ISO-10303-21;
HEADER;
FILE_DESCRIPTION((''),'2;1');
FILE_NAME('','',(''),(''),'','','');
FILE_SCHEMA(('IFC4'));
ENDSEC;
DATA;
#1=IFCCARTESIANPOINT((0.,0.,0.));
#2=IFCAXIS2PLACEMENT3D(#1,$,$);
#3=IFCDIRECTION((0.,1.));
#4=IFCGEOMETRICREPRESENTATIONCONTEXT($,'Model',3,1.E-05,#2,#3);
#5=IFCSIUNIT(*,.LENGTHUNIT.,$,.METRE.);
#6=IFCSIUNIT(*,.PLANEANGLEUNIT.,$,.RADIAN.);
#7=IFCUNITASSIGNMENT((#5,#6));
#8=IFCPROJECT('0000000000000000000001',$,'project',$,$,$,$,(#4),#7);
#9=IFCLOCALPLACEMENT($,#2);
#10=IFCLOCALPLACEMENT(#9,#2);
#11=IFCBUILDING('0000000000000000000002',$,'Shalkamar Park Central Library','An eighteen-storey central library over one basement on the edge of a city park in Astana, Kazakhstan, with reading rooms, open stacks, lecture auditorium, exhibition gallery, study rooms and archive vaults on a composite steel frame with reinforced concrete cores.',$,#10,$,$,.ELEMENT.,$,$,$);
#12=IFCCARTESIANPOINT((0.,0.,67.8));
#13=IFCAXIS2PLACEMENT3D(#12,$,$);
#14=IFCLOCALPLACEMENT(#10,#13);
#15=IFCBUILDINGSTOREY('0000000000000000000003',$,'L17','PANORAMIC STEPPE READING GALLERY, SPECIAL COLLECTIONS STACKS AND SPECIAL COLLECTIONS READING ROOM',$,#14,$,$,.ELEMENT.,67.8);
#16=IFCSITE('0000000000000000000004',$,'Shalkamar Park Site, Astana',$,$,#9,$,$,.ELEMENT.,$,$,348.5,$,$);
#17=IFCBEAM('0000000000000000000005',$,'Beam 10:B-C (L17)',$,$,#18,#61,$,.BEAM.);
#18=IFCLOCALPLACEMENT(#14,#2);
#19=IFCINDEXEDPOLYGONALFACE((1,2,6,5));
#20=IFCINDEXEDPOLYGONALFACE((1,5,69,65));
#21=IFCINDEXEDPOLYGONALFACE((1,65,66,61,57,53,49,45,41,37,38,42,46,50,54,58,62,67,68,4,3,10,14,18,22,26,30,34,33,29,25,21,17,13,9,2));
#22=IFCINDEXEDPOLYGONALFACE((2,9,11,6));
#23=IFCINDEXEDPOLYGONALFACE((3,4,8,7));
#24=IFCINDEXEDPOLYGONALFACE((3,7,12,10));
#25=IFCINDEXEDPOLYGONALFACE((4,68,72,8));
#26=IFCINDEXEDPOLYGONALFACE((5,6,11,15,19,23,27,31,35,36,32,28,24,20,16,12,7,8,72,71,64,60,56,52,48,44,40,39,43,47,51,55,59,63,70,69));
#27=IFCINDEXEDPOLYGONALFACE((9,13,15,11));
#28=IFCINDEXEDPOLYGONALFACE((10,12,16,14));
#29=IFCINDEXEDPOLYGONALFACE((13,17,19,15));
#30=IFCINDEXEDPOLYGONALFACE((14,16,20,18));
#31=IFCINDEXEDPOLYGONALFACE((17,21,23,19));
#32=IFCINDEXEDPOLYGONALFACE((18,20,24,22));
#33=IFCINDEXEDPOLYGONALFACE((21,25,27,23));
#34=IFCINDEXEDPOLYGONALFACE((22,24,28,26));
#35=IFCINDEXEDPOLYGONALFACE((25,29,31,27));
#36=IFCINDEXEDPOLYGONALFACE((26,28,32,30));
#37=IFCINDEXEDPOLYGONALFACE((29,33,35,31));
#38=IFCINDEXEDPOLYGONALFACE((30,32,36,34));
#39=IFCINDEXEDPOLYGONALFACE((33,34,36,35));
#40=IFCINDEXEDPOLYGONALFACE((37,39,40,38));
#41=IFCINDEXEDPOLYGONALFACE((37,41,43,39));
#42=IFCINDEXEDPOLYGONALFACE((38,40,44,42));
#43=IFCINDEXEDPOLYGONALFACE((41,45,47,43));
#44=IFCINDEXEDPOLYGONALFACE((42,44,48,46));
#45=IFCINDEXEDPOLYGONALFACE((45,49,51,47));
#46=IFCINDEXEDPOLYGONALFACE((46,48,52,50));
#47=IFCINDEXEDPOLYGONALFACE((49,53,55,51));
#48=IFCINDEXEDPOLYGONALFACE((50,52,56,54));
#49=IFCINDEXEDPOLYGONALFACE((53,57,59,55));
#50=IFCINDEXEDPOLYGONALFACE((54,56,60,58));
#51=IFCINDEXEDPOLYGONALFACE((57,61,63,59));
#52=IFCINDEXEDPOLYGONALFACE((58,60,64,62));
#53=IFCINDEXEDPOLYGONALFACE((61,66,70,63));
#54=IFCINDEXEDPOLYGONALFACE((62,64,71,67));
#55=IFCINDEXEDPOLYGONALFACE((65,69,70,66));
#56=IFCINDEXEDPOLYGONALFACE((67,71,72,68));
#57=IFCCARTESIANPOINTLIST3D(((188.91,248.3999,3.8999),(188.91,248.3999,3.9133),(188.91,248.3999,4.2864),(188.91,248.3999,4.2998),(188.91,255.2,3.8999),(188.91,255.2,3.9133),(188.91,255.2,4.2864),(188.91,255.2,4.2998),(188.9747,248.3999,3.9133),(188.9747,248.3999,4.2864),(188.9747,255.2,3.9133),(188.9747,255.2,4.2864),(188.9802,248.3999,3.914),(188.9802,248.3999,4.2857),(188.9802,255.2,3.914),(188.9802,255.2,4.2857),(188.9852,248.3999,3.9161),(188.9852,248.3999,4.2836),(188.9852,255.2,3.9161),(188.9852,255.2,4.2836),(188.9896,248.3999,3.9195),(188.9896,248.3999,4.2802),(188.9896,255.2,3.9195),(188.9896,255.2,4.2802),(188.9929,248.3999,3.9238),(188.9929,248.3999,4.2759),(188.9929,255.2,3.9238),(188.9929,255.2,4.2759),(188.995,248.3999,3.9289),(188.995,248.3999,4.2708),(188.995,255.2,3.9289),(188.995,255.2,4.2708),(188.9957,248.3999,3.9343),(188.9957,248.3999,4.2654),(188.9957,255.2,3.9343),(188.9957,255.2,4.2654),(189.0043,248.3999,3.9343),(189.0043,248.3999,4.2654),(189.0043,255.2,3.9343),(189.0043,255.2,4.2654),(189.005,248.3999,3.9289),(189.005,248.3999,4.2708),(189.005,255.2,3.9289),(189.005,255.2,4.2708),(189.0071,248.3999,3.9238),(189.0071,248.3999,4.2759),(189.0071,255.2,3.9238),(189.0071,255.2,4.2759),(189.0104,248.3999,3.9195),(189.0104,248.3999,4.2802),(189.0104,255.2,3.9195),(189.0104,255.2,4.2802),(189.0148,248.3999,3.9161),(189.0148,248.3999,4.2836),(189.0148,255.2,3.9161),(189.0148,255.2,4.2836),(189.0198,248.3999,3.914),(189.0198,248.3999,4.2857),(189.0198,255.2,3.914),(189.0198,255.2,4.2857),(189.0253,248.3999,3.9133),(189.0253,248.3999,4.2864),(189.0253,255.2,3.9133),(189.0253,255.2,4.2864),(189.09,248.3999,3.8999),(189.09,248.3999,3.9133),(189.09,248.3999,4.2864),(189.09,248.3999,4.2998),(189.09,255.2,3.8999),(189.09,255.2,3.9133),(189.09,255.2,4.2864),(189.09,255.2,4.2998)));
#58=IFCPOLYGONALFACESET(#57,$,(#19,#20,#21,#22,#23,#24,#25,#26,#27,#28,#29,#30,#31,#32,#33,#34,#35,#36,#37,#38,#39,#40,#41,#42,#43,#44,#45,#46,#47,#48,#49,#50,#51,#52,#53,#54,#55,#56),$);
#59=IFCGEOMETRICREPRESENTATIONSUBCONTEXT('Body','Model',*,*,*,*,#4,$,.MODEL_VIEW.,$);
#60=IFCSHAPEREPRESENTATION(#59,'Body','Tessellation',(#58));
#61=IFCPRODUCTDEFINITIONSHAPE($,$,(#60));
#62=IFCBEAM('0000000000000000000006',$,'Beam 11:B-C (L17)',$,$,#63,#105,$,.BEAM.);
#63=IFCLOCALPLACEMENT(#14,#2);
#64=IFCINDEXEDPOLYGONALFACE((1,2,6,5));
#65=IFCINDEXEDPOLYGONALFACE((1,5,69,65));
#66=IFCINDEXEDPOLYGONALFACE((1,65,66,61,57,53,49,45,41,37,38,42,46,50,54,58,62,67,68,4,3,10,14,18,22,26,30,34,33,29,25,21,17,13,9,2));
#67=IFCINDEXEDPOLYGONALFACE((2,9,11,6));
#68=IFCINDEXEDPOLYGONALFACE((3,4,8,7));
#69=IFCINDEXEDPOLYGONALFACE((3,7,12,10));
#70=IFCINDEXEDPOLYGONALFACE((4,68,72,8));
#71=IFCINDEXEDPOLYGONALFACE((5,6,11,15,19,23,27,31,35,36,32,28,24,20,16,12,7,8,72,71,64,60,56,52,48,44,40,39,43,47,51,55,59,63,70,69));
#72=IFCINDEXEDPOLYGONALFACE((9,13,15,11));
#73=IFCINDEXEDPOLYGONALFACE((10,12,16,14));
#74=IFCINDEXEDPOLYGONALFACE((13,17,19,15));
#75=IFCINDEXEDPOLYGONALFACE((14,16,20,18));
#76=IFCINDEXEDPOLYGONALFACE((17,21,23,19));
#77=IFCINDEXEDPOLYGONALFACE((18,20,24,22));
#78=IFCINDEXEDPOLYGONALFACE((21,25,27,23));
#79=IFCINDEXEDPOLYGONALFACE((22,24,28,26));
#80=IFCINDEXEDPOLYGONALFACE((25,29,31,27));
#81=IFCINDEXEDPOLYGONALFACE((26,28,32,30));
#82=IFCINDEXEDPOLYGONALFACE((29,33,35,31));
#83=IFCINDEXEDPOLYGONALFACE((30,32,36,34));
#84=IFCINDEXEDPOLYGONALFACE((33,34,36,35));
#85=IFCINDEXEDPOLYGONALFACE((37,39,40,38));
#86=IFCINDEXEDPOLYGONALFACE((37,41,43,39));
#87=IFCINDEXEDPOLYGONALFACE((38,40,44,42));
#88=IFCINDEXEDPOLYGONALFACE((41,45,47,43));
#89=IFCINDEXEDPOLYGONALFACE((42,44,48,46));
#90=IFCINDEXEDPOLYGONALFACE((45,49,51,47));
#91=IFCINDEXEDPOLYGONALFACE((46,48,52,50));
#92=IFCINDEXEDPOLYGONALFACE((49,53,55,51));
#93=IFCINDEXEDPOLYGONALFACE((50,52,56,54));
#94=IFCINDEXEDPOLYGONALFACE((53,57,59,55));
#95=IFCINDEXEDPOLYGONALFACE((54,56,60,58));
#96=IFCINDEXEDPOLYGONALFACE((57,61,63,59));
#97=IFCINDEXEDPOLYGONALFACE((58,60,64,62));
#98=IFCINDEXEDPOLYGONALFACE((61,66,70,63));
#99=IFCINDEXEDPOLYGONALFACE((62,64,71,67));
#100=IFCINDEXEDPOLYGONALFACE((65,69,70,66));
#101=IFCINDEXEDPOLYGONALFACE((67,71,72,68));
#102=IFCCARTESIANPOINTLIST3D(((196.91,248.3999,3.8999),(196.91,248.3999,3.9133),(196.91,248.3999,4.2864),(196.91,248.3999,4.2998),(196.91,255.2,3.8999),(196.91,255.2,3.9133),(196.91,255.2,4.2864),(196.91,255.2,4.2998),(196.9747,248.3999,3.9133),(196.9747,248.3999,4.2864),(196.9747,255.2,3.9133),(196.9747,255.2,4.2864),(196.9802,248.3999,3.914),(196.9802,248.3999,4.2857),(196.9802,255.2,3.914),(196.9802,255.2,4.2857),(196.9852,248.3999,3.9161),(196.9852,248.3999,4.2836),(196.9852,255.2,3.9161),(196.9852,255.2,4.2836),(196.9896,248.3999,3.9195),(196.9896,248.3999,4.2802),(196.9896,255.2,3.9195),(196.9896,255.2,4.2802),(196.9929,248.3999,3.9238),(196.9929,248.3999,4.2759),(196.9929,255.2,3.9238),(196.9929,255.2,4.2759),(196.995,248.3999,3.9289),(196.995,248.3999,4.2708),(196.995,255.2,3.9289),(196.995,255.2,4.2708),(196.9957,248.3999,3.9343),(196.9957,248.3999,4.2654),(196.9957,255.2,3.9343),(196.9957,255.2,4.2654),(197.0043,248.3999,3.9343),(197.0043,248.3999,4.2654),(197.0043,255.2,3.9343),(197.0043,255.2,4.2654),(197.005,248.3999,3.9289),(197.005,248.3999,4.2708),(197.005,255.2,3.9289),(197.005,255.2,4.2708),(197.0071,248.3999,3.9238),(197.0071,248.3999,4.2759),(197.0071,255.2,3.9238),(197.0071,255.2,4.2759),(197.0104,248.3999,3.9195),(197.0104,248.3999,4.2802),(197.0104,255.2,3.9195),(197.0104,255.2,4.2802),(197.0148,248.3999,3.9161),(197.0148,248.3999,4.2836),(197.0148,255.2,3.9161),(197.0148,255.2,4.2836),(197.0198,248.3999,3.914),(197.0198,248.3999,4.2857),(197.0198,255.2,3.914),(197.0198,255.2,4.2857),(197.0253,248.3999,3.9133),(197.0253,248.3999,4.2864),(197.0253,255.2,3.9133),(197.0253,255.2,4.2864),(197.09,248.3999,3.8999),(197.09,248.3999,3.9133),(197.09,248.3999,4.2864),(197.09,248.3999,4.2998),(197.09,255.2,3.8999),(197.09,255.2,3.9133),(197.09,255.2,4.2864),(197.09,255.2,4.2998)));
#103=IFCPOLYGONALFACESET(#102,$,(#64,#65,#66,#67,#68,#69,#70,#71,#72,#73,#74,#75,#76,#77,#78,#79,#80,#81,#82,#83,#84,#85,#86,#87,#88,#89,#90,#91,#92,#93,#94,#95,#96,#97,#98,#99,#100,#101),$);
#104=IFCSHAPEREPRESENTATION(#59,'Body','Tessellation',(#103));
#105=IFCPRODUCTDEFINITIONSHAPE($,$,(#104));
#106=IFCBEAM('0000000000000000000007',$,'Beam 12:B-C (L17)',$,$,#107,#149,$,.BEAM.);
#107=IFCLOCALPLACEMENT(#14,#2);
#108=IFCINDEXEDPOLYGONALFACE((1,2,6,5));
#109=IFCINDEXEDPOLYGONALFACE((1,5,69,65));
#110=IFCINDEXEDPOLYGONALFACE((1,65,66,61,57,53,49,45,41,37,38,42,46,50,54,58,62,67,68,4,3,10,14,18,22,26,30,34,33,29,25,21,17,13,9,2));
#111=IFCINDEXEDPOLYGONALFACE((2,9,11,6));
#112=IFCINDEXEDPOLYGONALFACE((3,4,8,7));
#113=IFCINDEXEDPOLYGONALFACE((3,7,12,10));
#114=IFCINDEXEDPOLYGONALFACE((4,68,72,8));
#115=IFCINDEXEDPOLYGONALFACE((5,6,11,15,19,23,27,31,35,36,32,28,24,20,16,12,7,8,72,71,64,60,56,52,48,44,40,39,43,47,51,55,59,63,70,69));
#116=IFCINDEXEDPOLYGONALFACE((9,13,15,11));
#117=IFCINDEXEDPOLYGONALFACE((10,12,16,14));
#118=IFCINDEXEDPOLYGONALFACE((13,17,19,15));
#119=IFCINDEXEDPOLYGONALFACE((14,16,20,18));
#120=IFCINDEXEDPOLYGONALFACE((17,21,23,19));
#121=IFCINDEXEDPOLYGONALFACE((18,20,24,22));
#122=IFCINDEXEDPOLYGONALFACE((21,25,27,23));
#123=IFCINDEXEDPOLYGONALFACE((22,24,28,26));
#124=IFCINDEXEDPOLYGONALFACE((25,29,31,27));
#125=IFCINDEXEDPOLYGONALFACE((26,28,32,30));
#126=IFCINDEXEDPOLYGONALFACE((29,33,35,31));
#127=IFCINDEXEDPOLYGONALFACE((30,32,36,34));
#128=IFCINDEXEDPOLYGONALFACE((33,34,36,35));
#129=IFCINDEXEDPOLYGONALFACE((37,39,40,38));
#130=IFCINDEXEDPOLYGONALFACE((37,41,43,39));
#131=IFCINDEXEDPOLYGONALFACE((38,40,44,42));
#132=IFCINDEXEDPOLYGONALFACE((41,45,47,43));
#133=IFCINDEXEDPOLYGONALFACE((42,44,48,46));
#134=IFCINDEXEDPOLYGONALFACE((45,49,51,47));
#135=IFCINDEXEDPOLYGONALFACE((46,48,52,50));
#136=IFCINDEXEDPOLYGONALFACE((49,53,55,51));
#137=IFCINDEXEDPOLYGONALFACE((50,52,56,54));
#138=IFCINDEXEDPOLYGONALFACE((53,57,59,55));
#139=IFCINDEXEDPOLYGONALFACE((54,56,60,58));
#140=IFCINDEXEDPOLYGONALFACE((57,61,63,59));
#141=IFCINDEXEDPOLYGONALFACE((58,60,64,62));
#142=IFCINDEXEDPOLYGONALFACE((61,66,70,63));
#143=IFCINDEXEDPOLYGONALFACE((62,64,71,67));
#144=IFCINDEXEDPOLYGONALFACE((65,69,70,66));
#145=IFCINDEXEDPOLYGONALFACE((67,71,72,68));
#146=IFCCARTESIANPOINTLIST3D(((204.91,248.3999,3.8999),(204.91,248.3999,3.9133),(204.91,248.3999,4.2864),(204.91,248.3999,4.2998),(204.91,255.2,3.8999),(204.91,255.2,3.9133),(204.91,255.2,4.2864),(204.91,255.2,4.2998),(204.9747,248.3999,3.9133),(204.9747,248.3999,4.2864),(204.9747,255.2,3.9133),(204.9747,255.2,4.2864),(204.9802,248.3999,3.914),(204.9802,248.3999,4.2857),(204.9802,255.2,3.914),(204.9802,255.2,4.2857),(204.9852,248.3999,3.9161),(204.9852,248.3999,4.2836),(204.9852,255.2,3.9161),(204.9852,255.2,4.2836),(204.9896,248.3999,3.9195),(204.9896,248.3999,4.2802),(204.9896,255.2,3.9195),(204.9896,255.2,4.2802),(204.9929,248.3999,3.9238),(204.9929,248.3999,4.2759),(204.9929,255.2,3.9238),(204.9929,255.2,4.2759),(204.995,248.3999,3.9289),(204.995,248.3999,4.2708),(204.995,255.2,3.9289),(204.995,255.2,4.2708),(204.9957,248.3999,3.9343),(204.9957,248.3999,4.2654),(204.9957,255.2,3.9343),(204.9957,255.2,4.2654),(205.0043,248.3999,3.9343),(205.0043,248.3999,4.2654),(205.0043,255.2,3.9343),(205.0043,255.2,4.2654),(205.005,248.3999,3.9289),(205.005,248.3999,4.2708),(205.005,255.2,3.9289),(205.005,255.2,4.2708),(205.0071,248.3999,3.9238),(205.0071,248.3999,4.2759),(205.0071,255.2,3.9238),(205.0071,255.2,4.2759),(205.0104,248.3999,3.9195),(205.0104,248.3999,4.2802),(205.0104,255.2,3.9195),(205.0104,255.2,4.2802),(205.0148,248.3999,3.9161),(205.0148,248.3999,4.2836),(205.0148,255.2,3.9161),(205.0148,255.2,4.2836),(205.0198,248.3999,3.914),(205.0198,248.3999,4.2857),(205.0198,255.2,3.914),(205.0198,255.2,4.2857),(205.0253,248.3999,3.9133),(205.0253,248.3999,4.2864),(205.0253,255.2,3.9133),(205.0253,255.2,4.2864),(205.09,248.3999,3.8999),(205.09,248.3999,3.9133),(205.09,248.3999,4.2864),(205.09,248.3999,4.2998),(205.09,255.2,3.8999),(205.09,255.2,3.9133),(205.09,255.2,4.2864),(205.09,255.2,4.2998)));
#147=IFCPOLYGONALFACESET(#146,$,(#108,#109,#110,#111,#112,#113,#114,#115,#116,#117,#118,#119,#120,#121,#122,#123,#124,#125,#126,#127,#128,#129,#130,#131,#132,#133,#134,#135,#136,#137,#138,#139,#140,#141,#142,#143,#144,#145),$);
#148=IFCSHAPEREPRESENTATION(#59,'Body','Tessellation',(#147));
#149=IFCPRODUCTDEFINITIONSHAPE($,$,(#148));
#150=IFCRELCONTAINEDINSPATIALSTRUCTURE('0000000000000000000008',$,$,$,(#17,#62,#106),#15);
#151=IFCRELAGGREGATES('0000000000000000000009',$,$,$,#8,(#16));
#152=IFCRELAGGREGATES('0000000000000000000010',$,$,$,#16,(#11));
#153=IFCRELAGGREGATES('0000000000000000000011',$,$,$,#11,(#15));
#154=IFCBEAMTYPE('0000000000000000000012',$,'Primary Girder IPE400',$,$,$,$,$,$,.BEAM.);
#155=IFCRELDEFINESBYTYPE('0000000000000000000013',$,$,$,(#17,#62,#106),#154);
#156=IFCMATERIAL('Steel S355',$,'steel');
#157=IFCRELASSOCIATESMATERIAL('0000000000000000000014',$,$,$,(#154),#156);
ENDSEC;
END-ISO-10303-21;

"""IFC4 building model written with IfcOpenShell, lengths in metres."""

from ifc_helpers import new_model, si_unit, direction, frame, origin, origin_2d, place, context, subcontext, project, spatial, i_section, extrude, material, material_profile, profile_set, type_object, element, save


model = new_model("IFC4")

# Units and contexts
model_context = context("Model", 3, precision=1e-05, world=origin(), true_north=direction((0.0, 1.0)))
body_context = subcontext(model_context, "Body", "Model", "MODEL_VIEW")
ifc_project = project(units=[si_unit("LENGTHUNIT", "METRE"), si_unit("PLANEANGLEUNIT", "RADIAN")], contexts=[model_context])

# Site, building, storey
site_placement = place(None, origin())
site = spatial("IfcSite", under=ifc_project, at=site_placement, Name="Shalkamar Park Site, Astana", CompositionType="ELEMENT", RefElevation=348.5)
building_placement = place(site_placement, origin())
building = spatial("IfcBuilding", under=site, at=building_placement, Name="Shalkamar Park Central Library", Description="An eighteen-storey central library over one basement on the edge of a city park in Astana, Kazakhstan, with reading rooms, open stacks, lecture auditorium, exhibition gallery, study rooms and archive vaults on a composite steel frame with reinforced concrete cores.", CompositionType="ELEMENT")
storey_placement = place(building_placement, frame((0.0, 0.0, 67.8)))
storey = spatial("IfcBuildingStorey", under=building, at=storey_placement, Name="L17", Description="PANORAMIC STEPPE READING GALLERY, SPECIAL COLLECTIONS STACKS AND SPECIAL COLLECTIONS READING ROOM", CompositionType="ELEMENT", Elevation=67.8)

# Shared definitions
ifc_material_1 = material(Name="Steel S355", Category="steel")

# Beams
ifc_material_profile_1 = material_profile(ifc_material_1, i_section(OverallWidth=0.1799, OverallDepth=0.3999, WebThickness=0.0085, FlangeThickness=0.0134, FilletRadius=0.021, at=origin_2d()), Name="IPE 400")
ifc_profile_set_1 = profile_set([ifc_material_profile_1], Name="Steel S355")
beam_type_1 = type_object("IfcBeamType", Name="Primary Girder IPE400", PredefinedType="BEAM", material=ifc_profile_set_1)
for number, where, z_axis, x_axis, name in (
    (1, (189.0, 248.3999, 4.0999), (0.0, 1.0, 0.0), (-1.0, 0.0, 0.0), "Beam 10:B-C (L17)"),
    (2, (197.0, 248.3999, 4.0999), (0.0, 1.0, 0.0), (-1.0, 0.0, 0.0), "Beam 11:B-C (L17)"),
    (3, (205.0, 248.3999, 4.0999), (0.0, 1.0, 0.0), (-1.0, 0.0, 0.0), "Beam 12:B-C (L17)"),
):
    element("IfcBeam", number, at=place(storey_placement, frame(where, z_axis=z_axis, x_axis=x_axis)), inside=storey, type_object=beam_type_1, Name=name, PredefinedType="BEAM", context=body_context, shape_type="SweptSolid", body=[
        extrude(i_section(OverallWidth=0.1799, OverallDepth=0.3999, WebThickness=0.0085, FlangeThickness=0.0134, FilletRadius=0.021, at=origin_2d()), origin(), (0.0, 0.0, 1.0), 6.8),
    ])

save(model, "model.ifc")
